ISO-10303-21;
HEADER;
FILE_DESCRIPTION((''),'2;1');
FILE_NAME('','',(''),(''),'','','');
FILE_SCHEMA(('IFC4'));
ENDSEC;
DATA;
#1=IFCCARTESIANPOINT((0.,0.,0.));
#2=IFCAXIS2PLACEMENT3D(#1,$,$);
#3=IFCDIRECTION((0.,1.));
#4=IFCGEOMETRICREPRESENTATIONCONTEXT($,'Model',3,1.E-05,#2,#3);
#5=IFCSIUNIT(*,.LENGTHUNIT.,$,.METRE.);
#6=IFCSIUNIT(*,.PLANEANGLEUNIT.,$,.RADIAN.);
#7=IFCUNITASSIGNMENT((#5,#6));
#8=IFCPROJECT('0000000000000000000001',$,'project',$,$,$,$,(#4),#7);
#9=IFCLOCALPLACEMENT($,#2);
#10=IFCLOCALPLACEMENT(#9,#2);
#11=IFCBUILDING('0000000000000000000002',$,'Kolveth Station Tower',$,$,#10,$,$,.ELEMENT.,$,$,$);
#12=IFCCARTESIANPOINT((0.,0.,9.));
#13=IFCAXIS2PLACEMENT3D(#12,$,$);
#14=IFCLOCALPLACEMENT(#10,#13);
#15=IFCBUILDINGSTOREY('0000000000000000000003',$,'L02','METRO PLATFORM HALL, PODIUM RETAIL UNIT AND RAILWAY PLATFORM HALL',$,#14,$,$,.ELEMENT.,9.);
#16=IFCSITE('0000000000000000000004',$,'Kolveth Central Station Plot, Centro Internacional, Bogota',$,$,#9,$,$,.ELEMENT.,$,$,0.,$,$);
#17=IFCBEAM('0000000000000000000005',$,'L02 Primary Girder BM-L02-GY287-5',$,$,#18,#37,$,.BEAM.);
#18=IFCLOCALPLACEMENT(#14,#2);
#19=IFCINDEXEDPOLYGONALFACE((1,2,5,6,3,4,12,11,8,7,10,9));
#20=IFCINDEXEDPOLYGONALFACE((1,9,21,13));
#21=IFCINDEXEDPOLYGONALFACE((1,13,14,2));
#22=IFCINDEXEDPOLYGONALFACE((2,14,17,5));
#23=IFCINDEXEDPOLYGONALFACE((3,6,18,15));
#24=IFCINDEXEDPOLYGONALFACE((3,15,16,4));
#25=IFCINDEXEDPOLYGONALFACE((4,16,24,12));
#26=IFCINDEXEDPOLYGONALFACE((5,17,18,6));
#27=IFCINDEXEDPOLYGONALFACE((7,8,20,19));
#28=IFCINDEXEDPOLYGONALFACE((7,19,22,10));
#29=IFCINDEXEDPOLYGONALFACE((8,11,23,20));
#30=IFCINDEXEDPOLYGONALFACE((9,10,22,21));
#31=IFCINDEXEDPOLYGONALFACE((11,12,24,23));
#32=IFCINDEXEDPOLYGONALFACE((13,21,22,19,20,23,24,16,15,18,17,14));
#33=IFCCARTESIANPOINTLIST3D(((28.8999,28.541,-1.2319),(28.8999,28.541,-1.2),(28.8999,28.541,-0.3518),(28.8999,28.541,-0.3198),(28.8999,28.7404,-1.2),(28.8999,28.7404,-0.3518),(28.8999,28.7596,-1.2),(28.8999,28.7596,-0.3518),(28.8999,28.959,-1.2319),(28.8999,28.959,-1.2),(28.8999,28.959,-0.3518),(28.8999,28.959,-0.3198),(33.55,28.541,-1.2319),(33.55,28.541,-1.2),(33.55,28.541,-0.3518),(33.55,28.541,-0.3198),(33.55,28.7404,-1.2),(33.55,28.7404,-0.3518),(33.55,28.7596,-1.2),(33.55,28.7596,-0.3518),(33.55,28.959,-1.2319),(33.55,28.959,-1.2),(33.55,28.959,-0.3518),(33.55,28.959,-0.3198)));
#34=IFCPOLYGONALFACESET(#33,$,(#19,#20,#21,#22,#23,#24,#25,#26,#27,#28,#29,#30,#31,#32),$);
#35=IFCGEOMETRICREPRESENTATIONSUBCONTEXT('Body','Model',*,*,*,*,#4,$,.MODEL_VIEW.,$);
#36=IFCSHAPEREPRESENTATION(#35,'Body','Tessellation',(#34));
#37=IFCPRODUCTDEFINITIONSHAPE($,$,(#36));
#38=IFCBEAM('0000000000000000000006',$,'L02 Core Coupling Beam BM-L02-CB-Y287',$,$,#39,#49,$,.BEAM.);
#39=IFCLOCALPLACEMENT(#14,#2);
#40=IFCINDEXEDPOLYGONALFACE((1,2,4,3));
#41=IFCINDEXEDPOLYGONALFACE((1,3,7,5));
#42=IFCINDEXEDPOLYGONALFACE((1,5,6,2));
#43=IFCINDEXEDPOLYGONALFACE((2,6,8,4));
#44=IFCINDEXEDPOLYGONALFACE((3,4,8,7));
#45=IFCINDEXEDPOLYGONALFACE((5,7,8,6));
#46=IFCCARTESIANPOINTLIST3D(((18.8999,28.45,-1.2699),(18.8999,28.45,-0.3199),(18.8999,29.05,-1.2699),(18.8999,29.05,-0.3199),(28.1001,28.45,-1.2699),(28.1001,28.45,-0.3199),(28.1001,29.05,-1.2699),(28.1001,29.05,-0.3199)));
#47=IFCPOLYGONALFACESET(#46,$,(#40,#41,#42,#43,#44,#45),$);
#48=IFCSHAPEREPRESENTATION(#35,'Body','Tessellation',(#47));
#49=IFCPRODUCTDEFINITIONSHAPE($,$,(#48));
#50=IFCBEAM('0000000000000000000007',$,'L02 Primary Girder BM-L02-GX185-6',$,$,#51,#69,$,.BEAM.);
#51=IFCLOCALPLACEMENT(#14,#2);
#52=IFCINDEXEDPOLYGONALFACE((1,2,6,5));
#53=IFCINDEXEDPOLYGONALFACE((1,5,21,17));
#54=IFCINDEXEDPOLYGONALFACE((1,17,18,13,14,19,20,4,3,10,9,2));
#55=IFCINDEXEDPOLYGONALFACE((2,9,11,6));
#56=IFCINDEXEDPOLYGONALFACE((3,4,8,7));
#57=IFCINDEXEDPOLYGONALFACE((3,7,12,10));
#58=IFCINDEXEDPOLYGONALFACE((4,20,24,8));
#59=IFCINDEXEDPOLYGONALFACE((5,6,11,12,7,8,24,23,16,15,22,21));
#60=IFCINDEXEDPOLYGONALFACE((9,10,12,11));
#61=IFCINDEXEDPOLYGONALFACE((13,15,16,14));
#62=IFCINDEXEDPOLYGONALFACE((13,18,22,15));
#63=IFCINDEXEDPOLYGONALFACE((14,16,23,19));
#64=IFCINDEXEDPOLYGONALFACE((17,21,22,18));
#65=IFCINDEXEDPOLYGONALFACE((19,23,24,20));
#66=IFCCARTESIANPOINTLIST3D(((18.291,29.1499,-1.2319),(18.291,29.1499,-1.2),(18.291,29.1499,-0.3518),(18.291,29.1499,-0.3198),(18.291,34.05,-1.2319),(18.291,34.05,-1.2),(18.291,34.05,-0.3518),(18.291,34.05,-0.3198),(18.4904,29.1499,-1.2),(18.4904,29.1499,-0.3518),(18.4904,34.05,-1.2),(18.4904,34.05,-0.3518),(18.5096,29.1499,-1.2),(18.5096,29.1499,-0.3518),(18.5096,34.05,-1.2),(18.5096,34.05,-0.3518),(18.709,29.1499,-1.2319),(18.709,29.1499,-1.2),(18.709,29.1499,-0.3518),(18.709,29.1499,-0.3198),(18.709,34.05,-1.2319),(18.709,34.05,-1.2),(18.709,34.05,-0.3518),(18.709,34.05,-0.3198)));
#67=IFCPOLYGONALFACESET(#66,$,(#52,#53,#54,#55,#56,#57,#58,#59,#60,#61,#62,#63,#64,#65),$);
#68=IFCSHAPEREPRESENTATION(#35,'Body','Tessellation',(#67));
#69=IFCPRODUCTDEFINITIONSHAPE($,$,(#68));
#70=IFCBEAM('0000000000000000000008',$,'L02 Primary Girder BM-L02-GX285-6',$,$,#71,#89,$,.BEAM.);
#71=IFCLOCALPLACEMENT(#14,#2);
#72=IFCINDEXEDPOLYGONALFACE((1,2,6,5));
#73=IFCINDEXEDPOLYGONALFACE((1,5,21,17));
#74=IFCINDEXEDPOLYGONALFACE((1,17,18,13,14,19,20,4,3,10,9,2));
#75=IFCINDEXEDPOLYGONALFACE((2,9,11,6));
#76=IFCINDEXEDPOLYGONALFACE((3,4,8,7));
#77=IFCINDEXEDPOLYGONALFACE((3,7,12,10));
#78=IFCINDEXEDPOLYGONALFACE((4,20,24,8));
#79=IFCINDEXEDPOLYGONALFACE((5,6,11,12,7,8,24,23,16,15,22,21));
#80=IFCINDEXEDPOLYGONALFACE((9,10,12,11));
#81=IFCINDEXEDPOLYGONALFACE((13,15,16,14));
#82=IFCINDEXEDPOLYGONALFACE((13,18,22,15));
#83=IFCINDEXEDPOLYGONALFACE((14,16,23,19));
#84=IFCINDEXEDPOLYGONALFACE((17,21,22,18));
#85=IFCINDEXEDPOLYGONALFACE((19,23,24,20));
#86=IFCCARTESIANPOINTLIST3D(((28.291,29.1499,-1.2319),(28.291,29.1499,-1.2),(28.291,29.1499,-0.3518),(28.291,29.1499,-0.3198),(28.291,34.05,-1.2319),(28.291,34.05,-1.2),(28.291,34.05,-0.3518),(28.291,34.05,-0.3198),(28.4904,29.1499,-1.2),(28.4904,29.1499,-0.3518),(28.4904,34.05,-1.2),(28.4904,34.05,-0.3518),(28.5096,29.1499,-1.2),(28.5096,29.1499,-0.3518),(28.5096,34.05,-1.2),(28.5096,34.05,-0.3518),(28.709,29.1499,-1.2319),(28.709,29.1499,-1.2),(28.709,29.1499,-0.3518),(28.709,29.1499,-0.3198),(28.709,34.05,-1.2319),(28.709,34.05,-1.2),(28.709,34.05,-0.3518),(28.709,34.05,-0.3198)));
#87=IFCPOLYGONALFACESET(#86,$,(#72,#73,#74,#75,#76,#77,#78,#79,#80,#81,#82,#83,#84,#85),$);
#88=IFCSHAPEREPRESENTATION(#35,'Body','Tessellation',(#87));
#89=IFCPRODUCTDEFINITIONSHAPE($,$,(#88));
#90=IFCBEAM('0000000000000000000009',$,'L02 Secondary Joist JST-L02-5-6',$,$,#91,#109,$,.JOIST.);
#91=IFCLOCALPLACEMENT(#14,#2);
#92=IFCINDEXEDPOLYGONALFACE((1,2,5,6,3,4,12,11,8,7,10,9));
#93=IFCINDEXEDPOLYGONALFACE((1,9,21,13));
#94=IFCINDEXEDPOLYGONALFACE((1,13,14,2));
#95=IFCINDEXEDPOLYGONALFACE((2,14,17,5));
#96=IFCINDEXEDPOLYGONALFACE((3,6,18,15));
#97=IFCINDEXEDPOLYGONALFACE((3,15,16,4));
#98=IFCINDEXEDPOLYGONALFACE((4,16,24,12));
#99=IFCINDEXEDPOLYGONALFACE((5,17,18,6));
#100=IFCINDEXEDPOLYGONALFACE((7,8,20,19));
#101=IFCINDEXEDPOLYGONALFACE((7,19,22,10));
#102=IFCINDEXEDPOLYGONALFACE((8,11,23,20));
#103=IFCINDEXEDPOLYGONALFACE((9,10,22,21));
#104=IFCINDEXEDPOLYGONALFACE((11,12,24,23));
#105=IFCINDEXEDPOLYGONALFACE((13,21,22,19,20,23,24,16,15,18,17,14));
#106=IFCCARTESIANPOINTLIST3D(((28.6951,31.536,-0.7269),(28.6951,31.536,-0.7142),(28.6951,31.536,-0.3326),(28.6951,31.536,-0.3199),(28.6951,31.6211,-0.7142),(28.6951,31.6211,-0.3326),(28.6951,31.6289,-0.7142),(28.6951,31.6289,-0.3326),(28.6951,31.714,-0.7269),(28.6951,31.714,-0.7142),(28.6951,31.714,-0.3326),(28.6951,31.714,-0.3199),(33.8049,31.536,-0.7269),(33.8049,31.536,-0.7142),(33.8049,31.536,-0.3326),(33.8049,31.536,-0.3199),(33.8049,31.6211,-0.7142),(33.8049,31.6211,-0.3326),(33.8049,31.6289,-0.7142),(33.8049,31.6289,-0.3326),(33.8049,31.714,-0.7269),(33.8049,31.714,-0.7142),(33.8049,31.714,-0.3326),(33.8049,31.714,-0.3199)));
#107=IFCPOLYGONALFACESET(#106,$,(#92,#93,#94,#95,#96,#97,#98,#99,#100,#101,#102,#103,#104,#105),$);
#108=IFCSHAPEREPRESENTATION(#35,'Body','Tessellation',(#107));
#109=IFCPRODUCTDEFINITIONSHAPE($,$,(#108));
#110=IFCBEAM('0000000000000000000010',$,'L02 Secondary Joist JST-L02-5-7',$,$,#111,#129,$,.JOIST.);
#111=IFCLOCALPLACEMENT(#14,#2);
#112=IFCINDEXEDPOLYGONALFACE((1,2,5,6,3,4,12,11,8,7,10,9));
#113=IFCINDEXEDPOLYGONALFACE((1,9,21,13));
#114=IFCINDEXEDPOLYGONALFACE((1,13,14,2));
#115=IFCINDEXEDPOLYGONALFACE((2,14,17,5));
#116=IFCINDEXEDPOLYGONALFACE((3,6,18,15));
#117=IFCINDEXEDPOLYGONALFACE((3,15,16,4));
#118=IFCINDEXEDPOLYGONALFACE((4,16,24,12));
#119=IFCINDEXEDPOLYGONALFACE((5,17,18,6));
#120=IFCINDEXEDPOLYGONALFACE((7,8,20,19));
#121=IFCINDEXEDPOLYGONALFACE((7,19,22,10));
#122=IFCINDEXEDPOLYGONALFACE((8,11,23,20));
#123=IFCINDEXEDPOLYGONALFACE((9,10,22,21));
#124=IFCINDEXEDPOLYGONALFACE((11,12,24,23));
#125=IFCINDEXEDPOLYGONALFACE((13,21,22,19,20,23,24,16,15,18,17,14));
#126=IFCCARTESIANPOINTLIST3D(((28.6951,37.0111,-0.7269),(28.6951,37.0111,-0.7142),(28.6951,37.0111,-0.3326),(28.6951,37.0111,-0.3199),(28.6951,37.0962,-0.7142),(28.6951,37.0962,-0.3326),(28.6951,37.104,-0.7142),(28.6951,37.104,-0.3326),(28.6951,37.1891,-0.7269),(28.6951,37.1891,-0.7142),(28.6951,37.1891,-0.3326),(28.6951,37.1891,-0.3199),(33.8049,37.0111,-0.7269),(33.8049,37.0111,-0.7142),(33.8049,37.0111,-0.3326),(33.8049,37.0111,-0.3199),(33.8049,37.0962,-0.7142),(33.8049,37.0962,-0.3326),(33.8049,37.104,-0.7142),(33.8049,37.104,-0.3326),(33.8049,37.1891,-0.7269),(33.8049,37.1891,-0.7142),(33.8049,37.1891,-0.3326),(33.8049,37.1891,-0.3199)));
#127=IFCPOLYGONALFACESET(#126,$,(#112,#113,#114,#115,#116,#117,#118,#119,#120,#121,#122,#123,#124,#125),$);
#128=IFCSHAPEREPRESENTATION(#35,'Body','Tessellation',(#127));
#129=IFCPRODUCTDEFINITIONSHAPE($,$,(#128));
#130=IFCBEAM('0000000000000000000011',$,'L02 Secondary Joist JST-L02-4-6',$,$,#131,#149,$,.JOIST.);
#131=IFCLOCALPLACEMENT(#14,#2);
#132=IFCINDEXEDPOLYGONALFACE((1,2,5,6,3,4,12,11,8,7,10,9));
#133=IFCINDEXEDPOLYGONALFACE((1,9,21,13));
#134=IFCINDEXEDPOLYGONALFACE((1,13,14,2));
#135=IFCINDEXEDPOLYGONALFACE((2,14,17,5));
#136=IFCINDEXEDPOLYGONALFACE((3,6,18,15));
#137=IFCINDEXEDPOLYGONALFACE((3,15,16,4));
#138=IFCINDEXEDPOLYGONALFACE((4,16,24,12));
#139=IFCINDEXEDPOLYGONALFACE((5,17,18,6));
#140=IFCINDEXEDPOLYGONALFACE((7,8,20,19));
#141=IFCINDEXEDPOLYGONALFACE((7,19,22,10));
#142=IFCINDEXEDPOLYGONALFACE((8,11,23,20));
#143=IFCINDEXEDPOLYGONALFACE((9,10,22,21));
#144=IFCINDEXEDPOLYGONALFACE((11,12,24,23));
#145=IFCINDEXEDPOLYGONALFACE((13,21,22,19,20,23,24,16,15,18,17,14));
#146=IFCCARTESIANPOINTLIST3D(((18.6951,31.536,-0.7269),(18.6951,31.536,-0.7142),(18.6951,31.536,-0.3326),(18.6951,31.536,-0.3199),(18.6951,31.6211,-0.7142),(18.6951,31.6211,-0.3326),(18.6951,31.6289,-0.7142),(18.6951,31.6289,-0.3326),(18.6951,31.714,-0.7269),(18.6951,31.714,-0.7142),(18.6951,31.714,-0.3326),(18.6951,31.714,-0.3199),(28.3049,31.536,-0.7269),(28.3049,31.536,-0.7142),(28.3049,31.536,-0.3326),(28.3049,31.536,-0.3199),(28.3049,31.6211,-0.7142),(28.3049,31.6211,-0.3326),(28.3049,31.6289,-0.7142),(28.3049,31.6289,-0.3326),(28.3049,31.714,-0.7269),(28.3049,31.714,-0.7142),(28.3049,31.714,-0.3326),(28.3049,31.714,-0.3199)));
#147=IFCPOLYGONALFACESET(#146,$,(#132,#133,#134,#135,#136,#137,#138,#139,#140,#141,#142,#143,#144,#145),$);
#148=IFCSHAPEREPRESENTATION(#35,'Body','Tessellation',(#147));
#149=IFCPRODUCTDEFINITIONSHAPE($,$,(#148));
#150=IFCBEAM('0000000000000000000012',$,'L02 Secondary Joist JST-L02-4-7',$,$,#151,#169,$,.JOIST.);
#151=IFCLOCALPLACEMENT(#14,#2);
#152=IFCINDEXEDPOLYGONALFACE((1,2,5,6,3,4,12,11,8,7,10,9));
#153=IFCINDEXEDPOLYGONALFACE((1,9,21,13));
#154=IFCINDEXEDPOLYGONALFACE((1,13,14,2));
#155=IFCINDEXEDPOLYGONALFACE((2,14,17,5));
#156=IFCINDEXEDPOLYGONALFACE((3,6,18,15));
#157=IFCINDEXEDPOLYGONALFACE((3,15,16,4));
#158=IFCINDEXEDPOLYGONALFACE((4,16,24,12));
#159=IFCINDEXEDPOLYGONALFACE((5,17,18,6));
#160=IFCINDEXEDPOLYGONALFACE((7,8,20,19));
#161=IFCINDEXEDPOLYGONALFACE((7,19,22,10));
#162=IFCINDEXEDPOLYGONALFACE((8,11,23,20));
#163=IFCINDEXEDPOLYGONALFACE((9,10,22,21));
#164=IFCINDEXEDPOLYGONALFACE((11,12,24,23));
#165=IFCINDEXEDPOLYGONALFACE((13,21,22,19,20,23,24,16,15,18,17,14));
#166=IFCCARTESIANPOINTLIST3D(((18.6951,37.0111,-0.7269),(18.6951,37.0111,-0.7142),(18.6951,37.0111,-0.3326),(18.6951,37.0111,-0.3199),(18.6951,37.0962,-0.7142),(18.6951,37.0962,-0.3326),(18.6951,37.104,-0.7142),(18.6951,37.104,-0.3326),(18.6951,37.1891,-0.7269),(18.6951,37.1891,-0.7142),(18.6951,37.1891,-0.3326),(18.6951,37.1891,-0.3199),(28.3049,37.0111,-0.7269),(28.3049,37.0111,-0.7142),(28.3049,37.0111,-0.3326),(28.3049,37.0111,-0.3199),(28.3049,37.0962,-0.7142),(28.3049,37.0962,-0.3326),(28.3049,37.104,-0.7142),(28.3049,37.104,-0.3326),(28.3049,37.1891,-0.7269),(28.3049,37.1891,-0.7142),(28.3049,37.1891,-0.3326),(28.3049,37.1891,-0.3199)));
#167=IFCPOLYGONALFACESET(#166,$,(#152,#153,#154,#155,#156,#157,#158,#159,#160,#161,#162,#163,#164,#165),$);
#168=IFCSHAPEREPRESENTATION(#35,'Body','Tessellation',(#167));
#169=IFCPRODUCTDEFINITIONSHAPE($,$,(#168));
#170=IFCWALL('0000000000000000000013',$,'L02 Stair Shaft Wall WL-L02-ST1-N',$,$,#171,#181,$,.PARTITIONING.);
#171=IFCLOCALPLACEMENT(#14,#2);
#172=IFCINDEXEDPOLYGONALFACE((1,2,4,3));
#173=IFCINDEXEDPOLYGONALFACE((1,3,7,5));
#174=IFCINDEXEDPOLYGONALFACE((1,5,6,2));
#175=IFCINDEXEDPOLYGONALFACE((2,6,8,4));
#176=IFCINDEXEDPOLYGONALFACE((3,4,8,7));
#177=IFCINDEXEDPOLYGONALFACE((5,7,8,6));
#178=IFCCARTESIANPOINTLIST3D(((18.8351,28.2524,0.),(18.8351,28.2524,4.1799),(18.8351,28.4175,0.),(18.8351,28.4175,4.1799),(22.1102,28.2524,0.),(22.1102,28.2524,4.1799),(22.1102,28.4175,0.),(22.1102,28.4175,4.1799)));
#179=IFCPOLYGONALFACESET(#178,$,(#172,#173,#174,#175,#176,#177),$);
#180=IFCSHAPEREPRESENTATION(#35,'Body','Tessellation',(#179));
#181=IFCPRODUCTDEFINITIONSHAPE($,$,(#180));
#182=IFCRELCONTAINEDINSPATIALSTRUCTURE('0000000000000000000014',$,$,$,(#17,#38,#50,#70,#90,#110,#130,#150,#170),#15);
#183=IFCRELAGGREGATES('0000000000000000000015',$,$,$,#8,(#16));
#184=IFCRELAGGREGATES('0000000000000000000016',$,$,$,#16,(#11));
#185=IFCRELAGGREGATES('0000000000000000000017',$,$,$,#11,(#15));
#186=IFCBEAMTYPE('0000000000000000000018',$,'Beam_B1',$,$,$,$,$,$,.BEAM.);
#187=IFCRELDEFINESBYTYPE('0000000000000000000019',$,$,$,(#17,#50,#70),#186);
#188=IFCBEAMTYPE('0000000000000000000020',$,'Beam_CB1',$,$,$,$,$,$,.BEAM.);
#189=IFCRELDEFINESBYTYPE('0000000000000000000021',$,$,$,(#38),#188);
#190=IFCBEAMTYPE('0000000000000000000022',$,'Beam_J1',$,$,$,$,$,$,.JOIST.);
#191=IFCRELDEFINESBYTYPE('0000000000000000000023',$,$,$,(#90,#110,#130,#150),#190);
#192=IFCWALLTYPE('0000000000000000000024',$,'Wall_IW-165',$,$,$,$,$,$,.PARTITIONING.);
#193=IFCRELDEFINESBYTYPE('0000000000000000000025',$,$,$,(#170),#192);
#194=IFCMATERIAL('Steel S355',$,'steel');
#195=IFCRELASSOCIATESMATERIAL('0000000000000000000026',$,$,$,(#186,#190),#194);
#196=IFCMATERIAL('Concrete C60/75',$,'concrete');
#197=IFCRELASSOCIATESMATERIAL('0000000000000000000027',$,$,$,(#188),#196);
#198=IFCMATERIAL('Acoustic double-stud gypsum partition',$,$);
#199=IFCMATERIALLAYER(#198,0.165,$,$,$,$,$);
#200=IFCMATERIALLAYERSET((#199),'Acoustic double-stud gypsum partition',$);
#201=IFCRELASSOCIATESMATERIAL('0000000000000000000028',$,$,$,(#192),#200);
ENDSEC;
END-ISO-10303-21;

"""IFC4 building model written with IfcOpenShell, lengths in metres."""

from ifc_helpers import new_model, si_unit, direction, frame, frame_2d, origin, origin_2d, place, context, subcontext, project, spatial, rectangle, i_section, extrude, source, transform, mapped, material, layer, layer_set, material_profile, profile_set, type_object, element, save


model = new_model("IFC4")

# Units and contexts
model_context = context("Model", 3, precision=1e-05, world=origin(), true_north=direction((0.0, 1.0)))
body_context = subcontext(model_context, "Body", "Model", "MODEL_VIEW")
ifc_project = project(units=[si_unit("LENGTHUNIT", "METRE"), si_unit("PLANEANGLEUNIT", "RADIAN")], contexts=[model_context])

# Site, building, storey
site_placement = place(None, origin())
site = spatial("IfcSite", under=ifc_project, at=site_placement, Name="Kolveth Central Station Plot, Centro Internacional, Bogota", CompositionType="ELEMENT", RefElevation=0.0)
building_placement = place(site_placement, origin())
building = spatial("IfcBuilding", under=site, at=building_placement, Name="Kolveth Station Tower", CompositionType="ELEMENT")
storey_placement = place(building_placement, frame((0.0, 0.0, 9.0)))
storey = spatial("IfcBuildingStorey", under=building, at=storey_placement, Name="L02", Description="METRO PLATFORM HALL, PODIUM RETAIL UNIT AND RAILWAY PLATFORM HALL", CompositionType="ELEMENT", Elevation=9.0)

# Beams
ifc_material_1 = material(Name="Steel S355", Category="steel")
ifc_material_profile_1 = material_profile(ifc_material_1, i_section(OverallWidth=0.418, OverallDepth=0.9121, WebThickness=0.0193, FlangeThickness=0.032, at=origin_2d()), Name="W920x342")
ifc_profile_set_1 = profile_set([ifc_material_profile_1], Name="Steel S355")
beam_type_1 = type_object("IfcBeamType", Name="Beam_B1", PredefinedType="BEAM", material=ifc_profile_set_1)
shared_shape_1 = source(origin(), body_context, "Body", "SweptSolid", [
    extrude(i_section(OverallWidth=0.418, OverallDepth=0.9121, WebThickness=0.0193, FlangeThickness=0.032, at=origin_2d()), origin(), (0.0, 0.0, 1.0), 4.6501),
])
beam_1_placement = place(storey_placement, frame((28.8999, 28.75, -0.7759), z_axis=(1.0, 0.0, 0.0), x_axis=(0.0, 1.0, 0.0)))
element("IfcBeam", 1, at=beam_1_placement, inside=storey, type_object=beam_type_1, Name="L02 Primary Girder BM-L02-GY287-5", PredefinedType="BEAM", context=body_context, shape_type="MappedRepresentation", body=[
    mapped(shared_shape_1, transform((0.0, 0.0, 0.0), x_axis=(1.0, 0.0, 0.0), y_axis=(0.0, 1.0, 0.0), z_axis=(0.0, 0.0, 1.0), scale=1.0)),
])
ifc_material_2 = material(Name="Concrete C60/75", Category="concrete")
ifc_material_profile_2 = material_profile(ifc_material_2, rectangle(XDim=0.6001, YDim=0.95, at=origin_2d()), Name="RC-600x950")
ifc_profile_set_2 = profile_set([ifc_material_profile_2], Name="Concrete C60/75")
beam_type_2 = type_object("IfcBeamType", Name="Beam_CB1", PredefinedType="BEAM", material=ifc_profile_set_2)
shared_shape_2 = source(origin(), body_context, "Body", "SweptSolid", [
    extrude(rectangle(XDim=0.6001, YDim=0.95, at=origin_2d()), origin(), (0.0, 0.0, 1.0), 9.2002),
])
beam_2_placement = place(storey_placement, frame((18.8999, 28.75, -0.7949), z_axis=(1.0, 0.0, 0.0), x_axis=(0.0, 1.0, 0.0)))
element("IfcBeam", 2, at=beam_2_placement, inside=storey, type_object=beam_type_2, Name="L02 Core Coupling Beam BM-L02-CB-Y287", PredefinedType="BEAM", context=body_context, shape_type="MappedRepresentation", body=[
    mapped(shared_shape_2, transform((0.0, 0.0, 0.0), x_axis=(1.0, 0.0, 0.0), y_axis=(0.0, 1.0, 0.0), z_axis=(0.0, 0.0, 1.0), scale=1.0)),
])
shared_shape_3 = source(origin(), body_context, "Body", "SweptSolid", [
    extrude(i_section(OverallWidth=0.418, OverallDepth=0.9121, WebThickness=0.0193, FlangeThickness=0.032, at=origin_2d()), origin(), (0.0, 0.0, 1.0), 4.9001),
])
for number, where, z_axis, x_axis, name in (
    (3, (18.5, 29.1499, -0.7759), (0.0, 1.0, 0.0), (-1.0, 0.0, 0.0), "L02 Primary Girder BM-L02-GX185-6"),
    (4, (28.5, 29.1499, -0.7759), (0.0, 1.0, 0.0), (-1.0, 0.0, 0.0), "L02 Primary Girder BM-L02-GX285-6"),
):
    element("IfcBeam", number, at=place(storey_placement, frame(where, z_axis=z_axis, x_axis=x_axis)), inside=storey, type_object=beam_type_1, Name=name, PredefinedType="BEAM", context=body_context, shape_type="MappedRepresentation", body=[
        mapped(shared_shape_3, transform((0.0, 0.0, 0.0), x_axis=(1.0, 0.0, 0.0), y_axis=(0.0, 1.0, 0.0), z_axis=(0.0, 0.0, 1.0), scale=1.0)),
    ])
ifc_material_profile_3 = material_profile(ifc_material_1, i_section(OverallWidth=0.178, OverallDepth=0.407, WebThickness=0.0078, FlangeThickness=0.0127, at=origin_2d()), Name="W410x60")
ifc_profile_set_3 = profile_set([ifc_material_profile_3], Name="Steel S355")
beam_type_3 = type_object("IfcBeamType", Name="Beam_J1", PredefinedType="JOIST", material=ifc_profile_set_3)
shared_shape_4 = source(origin(), body_context, "Body", "SweptSolid", [
    extrude(i_section(OverallWidth=0.178, OverallDepth=0.407, WebThickness=0.0078, FlangeThickness=0.0127, at=origin_2d()), origin(), (0.0, 0.0, 1.0), 5.1099),
])
for number, where, z_axis, x_axis, name in (
    (5, (28.6951, 31.625, -0.5234), (1.0, 0.0, 0.0), (0.0, 1.0, 0.0), "L02 Secondary Joist JST-L02-5-6"),
    (6, (28.6951, 37.1001, -0.5234), (1.0, 0.0, 0.0), (0.0, 1.0, 0.0), "L02 Secondary Joist JST-L02-5-7"),
):
    element("IfcBeam", number, at=place(storey_placement, frame(where, z_axis=z_axis, x_axis=x_axis)), inside=storey, type_object=beam_type_3, Name=name, PredefinedType="JOIST", context=body_context, shape_type="MappedRepresentation", body=[
        mapped(shared_shape_4, transform((0.0, 0.0, 0.0), x_axis=(1.0, 0.0, 0.0), y_axis=(0.0, 1.0, 0.0), z_axis=(0.0, 0.0, 1.0), scale=1.0)),
    ])
shared_shape_5 = source(origin(), body_context, "Body", "SweptSolid", [
    extrude(i_section(OverallWidth=0.178, OverallDepth=0.407, WebThickness=0.0078, FlangeThickness=0.0127, at=origin_2d()), origin(), (0.0, 0.0, 1.0), 9.6099),
])
for number, where, z_axis, x_axis, name in (
    (7, (18.6951, 31.625, -0.5234), (1.0, 0.0, 0.0), (0.0, 1.0, 0.0), "L02 Secondary Joist JST-L02-4-6"),
    (8, (18.6951, 37.1001, -0.5234), (1.0, 0.0, 0.0), (0.0, 1.0, 0.0), "L02 Secondary Joist JST-L02-4-7"),
):
    element("IfcBeam", number, at=place(storey_placement, frame(where, z_axis=z_axis, x_axis=x_axis)), inside=storey, type_object=beam_type_3, Name=name, PredefinedType="JOIST", context=body_context, shape_type="MappedRepresentation", body=[
        mapped(shared_shape_5, transform((0.0, 0.0, 0.0), x_axis=(1.0, 0.0, 0.0), y_axis=(0.0, 1.0, 0.0), z_axis=(0.0, 0.0, 1.0), scale=1.0)),
    ])

# Wall
ifc_material_3 = material(Name="Acoustic double-stud gypsum partition")
ifc_layer_1 = layer(ifc_material_3, 0.165)
ifc_layer_set_1 = layer_set([ifc_layer_1], Name="Acoustic double-stud gypsum partition")
wall_type = type_object("IfcWallType", Name="Wall_IW-165", PredefinedType="PARTITIONING", material=ifc_layer_set_1)
wall_1_placement = place(storey_placement, frame((18.835, 28.335, 0.0), z_axis=(0.0, 0.0, 1.0), x_axis=(1.0, 0.0, 0.0)))
element("IfcWall", 9, at=wall_1_placement, inside=storey, type_object=wall_type, Name="L02 Stair Shaft Wall WL-L02-ST1-N", PredefinedType="PARTITIONING", context=body_context, shape_type="SweptSolid", body=[
    extrude(rectangle(XDim=3.2751, YDim=0.165, at=frame_2d((1.6377, 0.0))), origin(), (0.0, 0.0, 1.0), 4.1799),
])

save(model, "model.ifc")
